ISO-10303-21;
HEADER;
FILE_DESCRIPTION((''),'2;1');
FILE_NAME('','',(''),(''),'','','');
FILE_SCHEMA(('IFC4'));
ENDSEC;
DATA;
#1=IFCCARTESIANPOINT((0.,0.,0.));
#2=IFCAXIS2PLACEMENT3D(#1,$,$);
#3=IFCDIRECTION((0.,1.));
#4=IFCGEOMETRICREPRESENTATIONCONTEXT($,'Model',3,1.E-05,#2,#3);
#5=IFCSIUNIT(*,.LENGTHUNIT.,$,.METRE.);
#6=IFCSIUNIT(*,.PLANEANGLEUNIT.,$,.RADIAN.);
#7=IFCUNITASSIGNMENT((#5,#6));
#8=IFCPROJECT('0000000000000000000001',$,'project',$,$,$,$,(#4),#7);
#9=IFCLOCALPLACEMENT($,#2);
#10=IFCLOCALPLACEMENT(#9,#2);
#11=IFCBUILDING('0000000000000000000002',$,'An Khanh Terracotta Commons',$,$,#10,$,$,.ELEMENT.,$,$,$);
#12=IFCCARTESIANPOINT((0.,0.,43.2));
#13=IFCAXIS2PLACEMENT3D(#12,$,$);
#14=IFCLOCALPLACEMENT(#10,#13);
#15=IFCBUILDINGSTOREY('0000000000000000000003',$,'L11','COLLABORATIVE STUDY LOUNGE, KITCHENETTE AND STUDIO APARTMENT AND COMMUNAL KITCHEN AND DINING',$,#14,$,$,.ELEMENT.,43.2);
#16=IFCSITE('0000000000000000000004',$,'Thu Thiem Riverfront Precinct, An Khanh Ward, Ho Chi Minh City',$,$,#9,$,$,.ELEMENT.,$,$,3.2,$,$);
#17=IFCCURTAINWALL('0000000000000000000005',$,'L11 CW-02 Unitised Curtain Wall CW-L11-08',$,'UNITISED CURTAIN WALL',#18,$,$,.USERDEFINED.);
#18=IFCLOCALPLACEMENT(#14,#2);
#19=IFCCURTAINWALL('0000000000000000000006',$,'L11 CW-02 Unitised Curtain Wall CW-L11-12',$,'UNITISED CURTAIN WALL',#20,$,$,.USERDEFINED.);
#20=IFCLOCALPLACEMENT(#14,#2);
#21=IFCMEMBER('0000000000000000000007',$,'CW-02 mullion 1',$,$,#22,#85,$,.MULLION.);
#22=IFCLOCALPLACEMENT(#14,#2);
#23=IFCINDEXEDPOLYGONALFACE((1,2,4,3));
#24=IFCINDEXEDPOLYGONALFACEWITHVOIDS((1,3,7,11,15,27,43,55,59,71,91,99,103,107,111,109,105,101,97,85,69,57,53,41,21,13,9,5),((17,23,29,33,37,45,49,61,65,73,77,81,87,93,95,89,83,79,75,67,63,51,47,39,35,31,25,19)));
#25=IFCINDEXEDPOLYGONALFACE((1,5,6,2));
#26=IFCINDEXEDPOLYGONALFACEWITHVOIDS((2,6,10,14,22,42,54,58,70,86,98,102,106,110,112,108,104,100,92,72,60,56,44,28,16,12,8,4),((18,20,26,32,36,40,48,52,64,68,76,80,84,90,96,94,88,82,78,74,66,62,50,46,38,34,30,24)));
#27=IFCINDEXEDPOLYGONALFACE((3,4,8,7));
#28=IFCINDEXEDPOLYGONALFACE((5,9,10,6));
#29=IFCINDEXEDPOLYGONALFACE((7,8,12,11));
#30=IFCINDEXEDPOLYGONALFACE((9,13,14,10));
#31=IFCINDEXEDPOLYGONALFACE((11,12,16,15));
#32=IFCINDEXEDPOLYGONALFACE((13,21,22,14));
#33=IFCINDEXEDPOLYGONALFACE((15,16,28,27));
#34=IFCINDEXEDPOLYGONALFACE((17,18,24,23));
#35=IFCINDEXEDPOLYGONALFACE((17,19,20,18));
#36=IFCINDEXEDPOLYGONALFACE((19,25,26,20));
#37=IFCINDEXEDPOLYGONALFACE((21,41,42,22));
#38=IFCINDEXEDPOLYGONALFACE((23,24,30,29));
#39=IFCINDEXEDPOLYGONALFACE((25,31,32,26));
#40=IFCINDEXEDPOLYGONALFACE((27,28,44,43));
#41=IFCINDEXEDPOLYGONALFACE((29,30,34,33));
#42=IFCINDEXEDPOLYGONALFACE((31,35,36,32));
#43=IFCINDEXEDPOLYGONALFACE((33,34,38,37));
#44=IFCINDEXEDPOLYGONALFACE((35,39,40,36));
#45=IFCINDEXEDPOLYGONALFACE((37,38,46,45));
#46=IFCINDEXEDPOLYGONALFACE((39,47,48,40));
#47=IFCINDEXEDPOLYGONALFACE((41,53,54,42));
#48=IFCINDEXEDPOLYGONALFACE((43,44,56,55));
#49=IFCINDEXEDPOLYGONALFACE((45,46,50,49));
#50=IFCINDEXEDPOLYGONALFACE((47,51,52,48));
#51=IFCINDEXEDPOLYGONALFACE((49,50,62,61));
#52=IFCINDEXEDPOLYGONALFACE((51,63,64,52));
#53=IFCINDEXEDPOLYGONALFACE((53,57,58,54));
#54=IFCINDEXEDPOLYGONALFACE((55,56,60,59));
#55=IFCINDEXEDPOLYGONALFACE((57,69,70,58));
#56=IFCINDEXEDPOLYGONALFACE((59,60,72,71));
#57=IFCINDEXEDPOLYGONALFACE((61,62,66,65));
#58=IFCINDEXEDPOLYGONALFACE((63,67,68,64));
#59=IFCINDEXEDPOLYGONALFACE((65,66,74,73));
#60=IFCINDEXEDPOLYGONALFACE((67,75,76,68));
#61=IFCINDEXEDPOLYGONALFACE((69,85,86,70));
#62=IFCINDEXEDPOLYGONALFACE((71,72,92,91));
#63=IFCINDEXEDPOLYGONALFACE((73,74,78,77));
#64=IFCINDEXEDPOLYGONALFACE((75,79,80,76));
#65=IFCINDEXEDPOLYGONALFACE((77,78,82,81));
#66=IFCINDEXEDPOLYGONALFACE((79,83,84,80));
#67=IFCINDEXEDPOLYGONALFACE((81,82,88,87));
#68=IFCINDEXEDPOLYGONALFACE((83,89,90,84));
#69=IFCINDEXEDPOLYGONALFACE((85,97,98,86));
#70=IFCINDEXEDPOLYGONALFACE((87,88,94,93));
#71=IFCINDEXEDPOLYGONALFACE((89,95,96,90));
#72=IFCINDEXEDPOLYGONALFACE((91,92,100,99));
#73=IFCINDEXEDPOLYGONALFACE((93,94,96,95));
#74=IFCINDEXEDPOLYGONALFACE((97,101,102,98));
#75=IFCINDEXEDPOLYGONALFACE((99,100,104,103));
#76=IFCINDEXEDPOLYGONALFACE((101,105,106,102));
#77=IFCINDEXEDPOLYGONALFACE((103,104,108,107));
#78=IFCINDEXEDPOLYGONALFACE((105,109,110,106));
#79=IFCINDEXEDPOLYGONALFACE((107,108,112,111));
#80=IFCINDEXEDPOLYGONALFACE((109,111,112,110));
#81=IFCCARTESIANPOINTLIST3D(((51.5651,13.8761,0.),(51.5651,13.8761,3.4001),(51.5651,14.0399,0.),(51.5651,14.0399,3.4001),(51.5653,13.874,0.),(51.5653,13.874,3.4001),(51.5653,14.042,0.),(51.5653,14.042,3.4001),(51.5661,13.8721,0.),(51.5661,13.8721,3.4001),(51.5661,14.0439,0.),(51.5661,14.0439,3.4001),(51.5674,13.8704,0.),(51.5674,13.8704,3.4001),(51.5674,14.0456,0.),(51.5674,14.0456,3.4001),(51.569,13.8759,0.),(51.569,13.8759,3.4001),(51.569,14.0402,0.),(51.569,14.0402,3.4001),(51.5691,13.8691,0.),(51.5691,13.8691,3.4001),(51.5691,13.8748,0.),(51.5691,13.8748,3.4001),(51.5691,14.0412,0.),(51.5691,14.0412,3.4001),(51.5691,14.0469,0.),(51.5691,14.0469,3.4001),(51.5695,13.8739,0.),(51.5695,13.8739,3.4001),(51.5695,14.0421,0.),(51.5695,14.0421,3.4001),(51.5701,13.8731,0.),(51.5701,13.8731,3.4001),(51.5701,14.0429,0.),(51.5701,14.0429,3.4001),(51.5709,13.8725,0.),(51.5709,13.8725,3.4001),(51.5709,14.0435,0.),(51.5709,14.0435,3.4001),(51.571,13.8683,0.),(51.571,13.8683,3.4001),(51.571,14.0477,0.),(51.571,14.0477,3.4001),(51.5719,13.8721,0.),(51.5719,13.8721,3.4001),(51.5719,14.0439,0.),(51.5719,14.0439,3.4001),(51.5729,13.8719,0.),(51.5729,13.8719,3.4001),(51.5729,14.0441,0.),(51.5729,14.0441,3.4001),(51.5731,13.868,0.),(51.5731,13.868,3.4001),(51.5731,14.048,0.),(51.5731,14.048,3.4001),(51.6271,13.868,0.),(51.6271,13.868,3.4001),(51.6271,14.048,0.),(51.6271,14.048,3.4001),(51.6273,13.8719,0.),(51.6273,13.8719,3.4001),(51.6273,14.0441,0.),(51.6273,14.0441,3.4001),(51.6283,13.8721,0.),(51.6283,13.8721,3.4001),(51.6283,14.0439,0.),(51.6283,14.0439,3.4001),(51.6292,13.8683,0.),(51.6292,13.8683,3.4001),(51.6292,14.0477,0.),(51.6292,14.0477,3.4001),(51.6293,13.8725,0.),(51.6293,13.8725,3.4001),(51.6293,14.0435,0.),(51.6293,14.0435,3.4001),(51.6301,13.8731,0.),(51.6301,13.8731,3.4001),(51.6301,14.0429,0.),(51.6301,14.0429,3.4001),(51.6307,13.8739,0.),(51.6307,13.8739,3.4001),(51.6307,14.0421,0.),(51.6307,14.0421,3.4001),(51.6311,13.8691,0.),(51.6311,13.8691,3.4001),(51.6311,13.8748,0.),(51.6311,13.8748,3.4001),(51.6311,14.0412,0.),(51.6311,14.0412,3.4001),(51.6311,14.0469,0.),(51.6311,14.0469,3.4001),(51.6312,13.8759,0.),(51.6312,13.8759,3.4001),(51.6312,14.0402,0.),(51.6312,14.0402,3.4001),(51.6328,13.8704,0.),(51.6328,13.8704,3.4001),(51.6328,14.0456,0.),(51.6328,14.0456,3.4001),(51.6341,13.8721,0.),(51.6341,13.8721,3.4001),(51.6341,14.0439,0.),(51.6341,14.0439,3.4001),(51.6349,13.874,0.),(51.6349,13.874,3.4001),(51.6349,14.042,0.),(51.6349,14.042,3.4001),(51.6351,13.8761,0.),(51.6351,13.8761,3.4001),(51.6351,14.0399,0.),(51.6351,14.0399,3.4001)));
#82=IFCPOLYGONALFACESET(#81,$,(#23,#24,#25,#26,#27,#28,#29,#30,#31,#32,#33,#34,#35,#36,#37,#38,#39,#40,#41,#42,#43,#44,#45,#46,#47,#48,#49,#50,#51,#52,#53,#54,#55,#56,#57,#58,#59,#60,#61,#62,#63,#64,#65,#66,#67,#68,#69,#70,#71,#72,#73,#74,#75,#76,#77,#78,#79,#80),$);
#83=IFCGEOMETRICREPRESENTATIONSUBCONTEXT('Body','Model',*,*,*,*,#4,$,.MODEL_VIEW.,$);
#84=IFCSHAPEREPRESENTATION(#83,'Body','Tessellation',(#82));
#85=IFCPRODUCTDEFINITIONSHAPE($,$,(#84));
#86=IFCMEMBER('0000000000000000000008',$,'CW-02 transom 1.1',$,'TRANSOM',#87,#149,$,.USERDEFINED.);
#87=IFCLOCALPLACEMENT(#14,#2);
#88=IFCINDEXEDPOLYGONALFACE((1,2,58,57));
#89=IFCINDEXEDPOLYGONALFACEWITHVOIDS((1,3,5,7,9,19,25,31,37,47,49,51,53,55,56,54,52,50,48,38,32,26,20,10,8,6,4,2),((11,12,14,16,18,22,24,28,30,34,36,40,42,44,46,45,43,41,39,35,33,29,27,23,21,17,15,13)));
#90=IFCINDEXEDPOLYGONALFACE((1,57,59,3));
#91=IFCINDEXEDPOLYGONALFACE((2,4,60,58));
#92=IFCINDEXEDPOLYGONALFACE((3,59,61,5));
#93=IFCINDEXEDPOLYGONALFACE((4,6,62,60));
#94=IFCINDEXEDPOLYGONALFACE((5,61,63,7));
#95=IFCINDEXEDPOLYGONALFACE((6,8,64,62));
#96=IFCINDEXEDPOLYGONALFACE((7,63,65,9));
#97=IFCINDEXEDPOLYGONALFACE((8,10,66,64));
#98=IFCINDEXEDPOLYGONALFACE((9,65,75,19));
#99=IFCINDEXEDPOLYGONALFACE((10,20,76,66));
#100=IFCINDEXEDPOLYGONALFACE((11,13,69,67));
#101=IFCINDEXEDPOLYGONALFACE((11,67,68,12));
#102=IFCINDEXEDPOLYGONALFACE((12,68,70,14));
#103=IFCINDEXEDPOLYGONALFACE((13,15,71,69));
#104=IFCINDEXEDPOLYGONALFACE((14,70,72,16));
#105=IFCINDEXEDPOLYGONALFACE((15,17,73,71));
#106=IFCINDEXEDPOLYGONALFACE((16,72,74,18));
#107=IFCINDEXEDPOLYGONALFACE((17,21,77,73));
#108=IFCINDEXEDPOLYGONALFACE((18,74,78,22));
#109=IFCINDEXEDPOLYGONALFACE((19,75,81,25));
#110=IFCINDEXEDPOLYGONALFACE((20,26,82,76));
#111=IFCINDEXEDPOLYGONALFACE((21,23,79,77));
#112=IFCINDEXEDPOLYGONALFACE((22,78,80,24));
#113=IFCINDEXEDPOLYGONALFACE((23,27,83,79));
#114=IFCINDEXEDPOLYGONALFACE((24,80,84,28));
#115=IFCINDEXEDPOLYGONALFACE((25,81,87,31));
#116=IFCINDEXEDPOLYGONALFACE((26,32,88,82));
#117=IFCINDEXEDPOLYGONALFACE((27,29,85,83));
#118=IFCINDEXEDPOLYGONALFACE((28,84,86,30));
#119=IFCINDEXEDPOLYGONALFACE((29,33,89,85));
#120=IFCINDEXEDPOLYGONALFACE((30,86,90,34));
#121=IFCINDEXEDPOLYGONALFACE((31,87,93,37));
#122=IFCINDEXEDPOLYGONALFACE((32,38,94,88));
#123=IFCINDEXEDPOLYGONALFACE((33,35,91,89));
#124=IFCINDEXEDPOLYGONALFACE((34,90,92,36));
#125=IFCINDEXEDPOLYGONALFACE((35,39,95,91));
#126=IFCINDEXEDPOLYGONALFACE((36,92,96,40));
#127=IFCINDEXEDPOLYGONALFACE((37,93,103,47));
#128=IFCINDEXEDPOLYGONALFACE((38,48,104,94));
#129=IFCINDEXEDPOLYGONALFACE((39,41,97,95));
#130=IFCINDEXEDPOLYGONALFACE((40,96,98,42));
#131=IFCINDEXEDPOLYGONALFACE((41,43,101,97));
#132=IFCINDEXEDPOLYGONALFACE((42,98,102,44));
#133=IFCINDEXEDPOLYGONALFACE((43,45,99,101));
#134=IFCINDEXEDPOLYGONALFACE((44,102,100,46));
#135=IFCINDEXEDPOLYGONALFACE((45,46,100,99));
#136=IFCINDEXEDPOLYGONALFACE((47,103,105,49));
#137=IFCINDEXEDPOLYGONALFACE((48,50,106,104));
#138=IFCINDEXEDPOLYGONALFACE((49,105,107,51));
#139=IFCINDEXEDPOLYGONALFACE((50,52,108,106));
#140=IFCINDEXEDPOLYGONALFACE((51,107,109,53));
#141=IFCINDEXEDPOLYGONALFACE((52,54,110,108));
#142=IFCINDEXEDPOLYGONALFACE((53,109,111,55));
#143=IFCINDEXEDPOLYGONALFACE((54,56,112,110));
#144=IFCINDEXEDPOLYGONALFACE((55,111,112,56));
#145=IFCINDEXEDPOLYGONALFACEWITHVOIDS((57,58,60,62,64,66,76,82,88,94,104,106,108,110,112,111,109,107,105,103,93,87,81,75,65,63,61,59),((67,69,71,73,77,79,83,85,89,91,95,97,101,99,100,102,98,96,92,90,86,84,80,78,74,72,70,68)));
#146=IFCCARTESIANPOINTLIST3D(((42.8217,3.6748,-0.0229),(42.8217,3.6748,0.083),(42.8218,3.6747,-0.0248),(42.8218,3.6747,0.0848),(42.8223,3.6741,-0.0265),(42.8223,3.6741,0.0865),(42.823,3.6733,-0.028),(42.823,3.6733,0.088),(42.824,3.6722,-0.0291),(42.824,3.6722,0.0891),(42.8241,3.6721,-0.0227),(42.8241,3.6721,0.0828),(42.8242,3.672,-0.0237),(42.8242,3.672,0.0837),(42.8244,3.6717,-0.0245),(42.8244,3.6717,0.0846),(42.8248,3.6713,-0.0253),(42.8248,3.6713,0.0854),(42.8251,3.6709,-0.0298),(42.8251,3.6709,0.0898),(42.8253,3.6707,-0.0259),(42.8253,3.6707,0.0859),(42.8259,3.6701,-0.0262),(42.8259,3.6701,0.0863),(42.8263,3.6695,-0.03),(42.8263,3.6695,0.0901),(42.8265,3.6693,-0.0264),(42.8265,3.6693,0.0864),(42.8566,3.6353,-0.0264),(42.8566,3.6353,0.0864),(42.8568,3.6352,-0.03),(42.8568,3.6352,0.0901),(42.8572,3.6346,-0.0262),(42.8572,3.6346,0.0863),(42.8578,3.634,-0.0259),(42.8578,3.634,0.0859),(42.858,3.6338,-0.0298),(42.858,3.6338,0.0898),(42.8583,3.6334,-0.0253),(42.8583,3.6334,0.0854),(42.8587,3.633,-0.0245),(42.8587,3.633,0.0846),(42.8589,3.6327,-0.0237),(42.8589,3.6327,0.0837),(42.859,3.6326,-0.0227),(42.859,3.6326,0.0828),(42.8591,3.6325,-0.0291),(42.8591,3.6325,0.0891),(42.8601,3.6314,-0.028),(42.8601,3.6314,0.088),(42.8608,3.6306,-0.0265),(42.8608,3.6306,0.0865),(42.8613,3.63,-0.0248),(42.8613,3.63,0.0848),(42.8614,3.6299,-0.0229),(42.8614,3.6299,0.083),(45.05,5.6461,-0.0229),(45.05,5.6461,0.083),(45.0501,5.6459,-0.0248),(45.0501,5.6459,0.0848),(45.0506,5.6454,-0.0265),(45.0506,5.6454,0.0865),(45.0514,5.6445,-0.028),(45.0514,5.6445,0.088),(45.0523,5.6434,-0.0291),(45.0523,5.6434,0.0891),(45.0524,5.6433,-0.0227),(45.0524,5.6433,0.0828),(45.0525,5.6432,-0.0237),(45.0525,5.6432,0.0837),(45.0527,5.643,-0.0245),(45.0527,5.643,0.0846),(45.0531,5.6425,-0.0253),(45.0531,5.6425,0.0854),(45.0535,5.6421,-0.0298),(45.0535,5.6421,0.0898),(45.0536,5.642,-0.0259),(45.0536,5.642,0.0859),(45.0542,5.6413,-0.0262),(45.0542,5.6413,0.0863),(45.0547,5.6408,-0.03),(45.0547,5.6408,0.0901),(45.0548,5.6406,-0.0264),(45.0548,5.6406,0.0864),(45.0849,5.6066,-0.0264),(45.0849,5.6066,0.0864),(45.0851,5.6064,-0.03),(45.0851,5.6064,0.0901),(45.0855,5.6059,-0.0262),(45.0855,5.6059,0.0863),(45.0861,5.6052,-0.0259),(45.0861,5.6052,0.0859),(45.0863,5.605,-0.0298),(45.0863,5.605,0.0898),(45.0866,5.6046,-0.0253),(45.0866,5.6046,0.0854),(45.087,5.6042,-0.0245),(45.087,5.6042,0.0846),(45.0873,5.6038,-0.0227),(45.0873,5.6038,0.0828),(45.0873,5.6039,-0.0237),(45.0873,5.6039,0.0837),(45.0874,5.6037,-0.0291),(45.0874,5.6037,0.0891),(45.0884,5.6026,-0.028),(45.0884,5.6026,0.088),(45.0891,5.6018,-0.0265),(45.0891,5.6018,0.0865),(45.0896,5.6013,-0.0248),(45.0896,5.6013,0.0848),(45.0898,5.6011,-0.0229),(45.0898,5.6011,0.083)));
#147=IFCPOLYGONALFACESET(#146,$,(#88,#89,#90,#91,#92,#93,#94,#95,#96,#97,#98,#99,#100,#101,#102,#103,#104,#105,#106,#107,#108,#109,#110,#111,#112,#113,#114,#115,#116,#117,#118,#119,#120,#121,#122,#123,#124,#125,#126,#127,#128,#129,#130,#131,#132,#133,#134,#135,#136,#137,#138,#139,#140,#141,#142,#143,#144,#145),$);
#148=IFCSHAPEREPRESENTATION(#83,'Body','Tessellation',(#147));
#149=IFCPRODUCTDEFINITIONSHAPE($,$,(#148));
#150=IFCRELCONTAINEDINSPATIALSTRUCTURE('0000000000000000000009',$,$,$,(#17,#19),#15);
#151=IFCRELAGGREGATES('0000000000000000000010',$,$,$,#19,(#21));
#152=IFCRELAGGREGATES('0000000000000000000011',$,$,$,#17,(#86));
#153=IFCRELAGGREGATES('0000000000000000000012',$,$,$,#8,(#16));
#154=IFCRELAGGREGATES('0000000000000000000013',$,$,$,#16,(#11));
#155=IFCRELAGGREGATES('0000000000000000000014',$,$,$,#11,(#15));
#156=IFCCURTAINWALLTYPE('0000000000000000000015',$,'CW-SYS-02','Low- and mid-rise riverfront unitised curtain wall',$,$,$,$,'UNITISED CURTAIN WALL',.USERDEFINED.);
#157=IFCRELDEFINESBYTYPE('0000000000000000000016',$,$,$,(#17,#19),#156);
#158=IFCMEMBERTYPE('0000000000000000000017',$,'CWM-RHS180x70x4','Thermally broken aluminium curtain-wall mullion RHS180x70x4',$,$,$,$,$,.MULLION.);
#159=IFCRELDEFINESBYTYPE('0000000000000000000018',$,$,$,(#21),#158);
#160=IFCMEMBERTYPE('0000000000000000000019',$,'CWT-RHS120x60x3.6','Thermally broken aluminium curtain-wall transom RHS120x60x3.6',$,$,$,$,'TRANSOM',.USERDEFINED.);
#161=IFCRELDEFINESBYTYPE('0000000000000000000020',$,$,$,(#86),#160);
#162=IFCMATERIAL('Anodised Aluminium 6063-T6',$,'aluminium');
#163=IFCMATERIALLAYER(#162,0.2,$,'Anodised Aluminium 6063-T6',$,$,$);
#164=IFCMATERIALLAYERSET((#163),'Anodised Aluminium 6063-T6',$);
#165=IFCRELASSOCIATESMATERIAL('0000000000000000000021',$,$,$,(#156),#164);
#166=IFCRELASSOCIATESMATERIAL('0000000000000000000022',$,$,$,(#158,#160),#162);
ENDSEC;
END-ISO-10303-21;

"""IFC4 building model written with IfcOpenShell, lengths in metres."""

from ifc_helpers import new_model, si_unit, direction, frame, origin, origin_2d, place, context, subcontext, project, spatial, hollow_rectangle, extrude, material, layer, layer_set, material_profile, profile_set, type_object, element, aggregate, save


model = new_model("IFC4")

# Units and contexts
model_context = context("Model", 3, precision=1e-05, world=origin(), true_north=direction((0.0, 1.0)))
body_context = subcontext(model_context, "Body", "Model", "MODEL_VIEW")
ifc_project = project(units=[si_unit("LENGTHUNIT", "METRE"), si_unit("PLANEANGLEUNIT", "RADIAN")], contexts=[model_context])

# Site, building, storey
site_placement = place(None, origin())
site = spatial("IfcSite", under=ifc_project, at=site_placement, Name="Thu Thiem Riverfront Precinct, An Khanh Ward, Ho Chi Minh City", CompositionType="ELEMENT", RefElevation=3.2)
building_placement = place(site_placement, origin())
building = spatial("IfcBuilding", under=site, at=building_placement, Name="An Khanh Terracotta Commons", CompositionType="ELEMENT")
storey_placement = place(building_placement, frame((0.0, 0.0, 43.2)))
storey = spatial("IfcBuildingStorey", under=building, at=storey_placement, Name="L11", Description="COLLABORATIVE STUDY LOUNGE, KITCHENETTE AND STUDIO APARTMENT AND COMMUNAL KITCHEN AND DINING", CompositionType="ELEMENT", Elevation=43.2)

# Curtain wall
ifc_material_1 = material(Name="Anodised Aluminium 6063-T6", Category="aluminium")
ifc_layer_1 = layer(ifc_material_1, 0.2, Name="Anodised Aluminium 6063-T6")
ifc_layer_set_1 = layer_set([ifc_layer_1], Name="Anodised Aluminium 6063-T6")
curtain_wall_type = type_object("IfcCurtainWallType", Name="CW-SYS-02", Description="Low- and mid-rise riverfront unitised curtain wall", ElementType="UNITISED CURTAIN WALL", PredefinedType="USERDEFINED", material=ifc_layer_set_1)
curtain_wall_1_placement = place(storey_placement, origin())
curtain_wall_1 = element("IfcCurtainWall", 1, at=curtain_wall_1_placement, inside=storey, type_object=curtain_wall_type, Name="L11 CW-02 Unitised Curtain Wall CW-L11-08", ObjectType="UNITISED CURTAIN WALL", PredefinedType="USERDEFINED")
ifc_material_profile_1 = material_profile(ifc_material_1, hollow_rectangle(XDim=0.0701, YDim=0.1799, WallThickness=0.0039, InnerFilletRadius=0.0039, OuterFilletRadius=0.0081, at=origin_2d()), Name="RHS180x70x4")
ifc_profile_set_1 = profile_set([ifc_material_profile_1], Name="Anodised Aluminium 6063-T6")
member_type_1 = type_object("IfcMemberType", Name="CWM-RHS180x70x4", Description="Thermally broken aluminium curtain-wall mullion RHS180x70x4", PredefinedType="MULLION", material=ifc_profile_set_1)

# Curtain wall, member
curtain_wall_2_placement = place(storey_placement, origin())
curtain_wall_2 = element("IfcCurtainWall", 2, at=curtain_wall_2_placement, inside=storey, type_object=curtain_wall_type, Name="L11 CW-02 Unitised Curtain Wall CW-L11-12", ObjectType="UNITISED CURTAIN WALL", PredefinedType="USERDEFINED")
member_1_placement = place(storey_placement, frame((51.6001, 13.958, 0.0), z_axis=(0.0, 0.0, 1.0), x_axis=(-1.0, 0.0, 0.0)))
member_1 = element("IfcMember", 3, at=member_1_placement, type_object=member_type_1, Name="CW-02 mullion 1", PredefinedType="MULLION", context=body_context, shape_type="SweptSolid", body=[
    extrude(hollow_rectangle(XDim=0.0701, YDim=0.1799, WallThickness=0.0039, InnerFilletRadius=0.0039, OuterFilletRadius=0.0081, at=origin_2d()), origin(), (0.0, 0.0, 1.0), 3.4001),
])
aggregate(curtain_wall_2, [member_1])

# Member
ifc_material_profile_2 = material_profile(ifc_material_1, hollow_rectangle(XDim=0.0601, YDim=0.1201, WallThickness=0.0037, InnerFilletRadius=0.0037, OuterFilletRadius=0.0071, at=origin_2d()), Name="RHS120x60x3.6")
ifc_profile_set_2 = profile_set([ifc_material_profile_2], Name="Anodised Aluminium 6063-T6")
member_type_2 = type_object("IfcMemberType", Name="CWT-RHS120x60x3.6", Description="Thermally broken aluminium curtain-wall transom RHS120x60x3.6", ElementType="TRANSOM", PredefinedType="USERDEFINED", material=ifc_profile_set_2)
member_2_placement = place(storey_placement, frame((42.8416, 3.6523, 0.03), z_axis=(0.748992, 0.662579, 0.0), x_axis=(-0.662579, 0.748992, 0.0)))
member_2 = element("IfcMember", 4, at=member_2_placement, type_object=member_type_2, Name="CW-02 transom 1.1", ObjectType="TRANSOM", PredefinedType="USERDEFINED", context=body_context, shape_type="SweptSolid", body=[
    extrude(hollow_rectangle(XDim=0.0601, YDim=0.1201, WallThickness=0.0037, InnerFilletRadius=0.0037, OuterFilletRadius=0.0071, at=origin_2d()), origin(), (0.0, 0.0, 1.0), 2.9751),
])

aggregate(curtain_wall_1, [member_2])

save(model, "model.ifc")
